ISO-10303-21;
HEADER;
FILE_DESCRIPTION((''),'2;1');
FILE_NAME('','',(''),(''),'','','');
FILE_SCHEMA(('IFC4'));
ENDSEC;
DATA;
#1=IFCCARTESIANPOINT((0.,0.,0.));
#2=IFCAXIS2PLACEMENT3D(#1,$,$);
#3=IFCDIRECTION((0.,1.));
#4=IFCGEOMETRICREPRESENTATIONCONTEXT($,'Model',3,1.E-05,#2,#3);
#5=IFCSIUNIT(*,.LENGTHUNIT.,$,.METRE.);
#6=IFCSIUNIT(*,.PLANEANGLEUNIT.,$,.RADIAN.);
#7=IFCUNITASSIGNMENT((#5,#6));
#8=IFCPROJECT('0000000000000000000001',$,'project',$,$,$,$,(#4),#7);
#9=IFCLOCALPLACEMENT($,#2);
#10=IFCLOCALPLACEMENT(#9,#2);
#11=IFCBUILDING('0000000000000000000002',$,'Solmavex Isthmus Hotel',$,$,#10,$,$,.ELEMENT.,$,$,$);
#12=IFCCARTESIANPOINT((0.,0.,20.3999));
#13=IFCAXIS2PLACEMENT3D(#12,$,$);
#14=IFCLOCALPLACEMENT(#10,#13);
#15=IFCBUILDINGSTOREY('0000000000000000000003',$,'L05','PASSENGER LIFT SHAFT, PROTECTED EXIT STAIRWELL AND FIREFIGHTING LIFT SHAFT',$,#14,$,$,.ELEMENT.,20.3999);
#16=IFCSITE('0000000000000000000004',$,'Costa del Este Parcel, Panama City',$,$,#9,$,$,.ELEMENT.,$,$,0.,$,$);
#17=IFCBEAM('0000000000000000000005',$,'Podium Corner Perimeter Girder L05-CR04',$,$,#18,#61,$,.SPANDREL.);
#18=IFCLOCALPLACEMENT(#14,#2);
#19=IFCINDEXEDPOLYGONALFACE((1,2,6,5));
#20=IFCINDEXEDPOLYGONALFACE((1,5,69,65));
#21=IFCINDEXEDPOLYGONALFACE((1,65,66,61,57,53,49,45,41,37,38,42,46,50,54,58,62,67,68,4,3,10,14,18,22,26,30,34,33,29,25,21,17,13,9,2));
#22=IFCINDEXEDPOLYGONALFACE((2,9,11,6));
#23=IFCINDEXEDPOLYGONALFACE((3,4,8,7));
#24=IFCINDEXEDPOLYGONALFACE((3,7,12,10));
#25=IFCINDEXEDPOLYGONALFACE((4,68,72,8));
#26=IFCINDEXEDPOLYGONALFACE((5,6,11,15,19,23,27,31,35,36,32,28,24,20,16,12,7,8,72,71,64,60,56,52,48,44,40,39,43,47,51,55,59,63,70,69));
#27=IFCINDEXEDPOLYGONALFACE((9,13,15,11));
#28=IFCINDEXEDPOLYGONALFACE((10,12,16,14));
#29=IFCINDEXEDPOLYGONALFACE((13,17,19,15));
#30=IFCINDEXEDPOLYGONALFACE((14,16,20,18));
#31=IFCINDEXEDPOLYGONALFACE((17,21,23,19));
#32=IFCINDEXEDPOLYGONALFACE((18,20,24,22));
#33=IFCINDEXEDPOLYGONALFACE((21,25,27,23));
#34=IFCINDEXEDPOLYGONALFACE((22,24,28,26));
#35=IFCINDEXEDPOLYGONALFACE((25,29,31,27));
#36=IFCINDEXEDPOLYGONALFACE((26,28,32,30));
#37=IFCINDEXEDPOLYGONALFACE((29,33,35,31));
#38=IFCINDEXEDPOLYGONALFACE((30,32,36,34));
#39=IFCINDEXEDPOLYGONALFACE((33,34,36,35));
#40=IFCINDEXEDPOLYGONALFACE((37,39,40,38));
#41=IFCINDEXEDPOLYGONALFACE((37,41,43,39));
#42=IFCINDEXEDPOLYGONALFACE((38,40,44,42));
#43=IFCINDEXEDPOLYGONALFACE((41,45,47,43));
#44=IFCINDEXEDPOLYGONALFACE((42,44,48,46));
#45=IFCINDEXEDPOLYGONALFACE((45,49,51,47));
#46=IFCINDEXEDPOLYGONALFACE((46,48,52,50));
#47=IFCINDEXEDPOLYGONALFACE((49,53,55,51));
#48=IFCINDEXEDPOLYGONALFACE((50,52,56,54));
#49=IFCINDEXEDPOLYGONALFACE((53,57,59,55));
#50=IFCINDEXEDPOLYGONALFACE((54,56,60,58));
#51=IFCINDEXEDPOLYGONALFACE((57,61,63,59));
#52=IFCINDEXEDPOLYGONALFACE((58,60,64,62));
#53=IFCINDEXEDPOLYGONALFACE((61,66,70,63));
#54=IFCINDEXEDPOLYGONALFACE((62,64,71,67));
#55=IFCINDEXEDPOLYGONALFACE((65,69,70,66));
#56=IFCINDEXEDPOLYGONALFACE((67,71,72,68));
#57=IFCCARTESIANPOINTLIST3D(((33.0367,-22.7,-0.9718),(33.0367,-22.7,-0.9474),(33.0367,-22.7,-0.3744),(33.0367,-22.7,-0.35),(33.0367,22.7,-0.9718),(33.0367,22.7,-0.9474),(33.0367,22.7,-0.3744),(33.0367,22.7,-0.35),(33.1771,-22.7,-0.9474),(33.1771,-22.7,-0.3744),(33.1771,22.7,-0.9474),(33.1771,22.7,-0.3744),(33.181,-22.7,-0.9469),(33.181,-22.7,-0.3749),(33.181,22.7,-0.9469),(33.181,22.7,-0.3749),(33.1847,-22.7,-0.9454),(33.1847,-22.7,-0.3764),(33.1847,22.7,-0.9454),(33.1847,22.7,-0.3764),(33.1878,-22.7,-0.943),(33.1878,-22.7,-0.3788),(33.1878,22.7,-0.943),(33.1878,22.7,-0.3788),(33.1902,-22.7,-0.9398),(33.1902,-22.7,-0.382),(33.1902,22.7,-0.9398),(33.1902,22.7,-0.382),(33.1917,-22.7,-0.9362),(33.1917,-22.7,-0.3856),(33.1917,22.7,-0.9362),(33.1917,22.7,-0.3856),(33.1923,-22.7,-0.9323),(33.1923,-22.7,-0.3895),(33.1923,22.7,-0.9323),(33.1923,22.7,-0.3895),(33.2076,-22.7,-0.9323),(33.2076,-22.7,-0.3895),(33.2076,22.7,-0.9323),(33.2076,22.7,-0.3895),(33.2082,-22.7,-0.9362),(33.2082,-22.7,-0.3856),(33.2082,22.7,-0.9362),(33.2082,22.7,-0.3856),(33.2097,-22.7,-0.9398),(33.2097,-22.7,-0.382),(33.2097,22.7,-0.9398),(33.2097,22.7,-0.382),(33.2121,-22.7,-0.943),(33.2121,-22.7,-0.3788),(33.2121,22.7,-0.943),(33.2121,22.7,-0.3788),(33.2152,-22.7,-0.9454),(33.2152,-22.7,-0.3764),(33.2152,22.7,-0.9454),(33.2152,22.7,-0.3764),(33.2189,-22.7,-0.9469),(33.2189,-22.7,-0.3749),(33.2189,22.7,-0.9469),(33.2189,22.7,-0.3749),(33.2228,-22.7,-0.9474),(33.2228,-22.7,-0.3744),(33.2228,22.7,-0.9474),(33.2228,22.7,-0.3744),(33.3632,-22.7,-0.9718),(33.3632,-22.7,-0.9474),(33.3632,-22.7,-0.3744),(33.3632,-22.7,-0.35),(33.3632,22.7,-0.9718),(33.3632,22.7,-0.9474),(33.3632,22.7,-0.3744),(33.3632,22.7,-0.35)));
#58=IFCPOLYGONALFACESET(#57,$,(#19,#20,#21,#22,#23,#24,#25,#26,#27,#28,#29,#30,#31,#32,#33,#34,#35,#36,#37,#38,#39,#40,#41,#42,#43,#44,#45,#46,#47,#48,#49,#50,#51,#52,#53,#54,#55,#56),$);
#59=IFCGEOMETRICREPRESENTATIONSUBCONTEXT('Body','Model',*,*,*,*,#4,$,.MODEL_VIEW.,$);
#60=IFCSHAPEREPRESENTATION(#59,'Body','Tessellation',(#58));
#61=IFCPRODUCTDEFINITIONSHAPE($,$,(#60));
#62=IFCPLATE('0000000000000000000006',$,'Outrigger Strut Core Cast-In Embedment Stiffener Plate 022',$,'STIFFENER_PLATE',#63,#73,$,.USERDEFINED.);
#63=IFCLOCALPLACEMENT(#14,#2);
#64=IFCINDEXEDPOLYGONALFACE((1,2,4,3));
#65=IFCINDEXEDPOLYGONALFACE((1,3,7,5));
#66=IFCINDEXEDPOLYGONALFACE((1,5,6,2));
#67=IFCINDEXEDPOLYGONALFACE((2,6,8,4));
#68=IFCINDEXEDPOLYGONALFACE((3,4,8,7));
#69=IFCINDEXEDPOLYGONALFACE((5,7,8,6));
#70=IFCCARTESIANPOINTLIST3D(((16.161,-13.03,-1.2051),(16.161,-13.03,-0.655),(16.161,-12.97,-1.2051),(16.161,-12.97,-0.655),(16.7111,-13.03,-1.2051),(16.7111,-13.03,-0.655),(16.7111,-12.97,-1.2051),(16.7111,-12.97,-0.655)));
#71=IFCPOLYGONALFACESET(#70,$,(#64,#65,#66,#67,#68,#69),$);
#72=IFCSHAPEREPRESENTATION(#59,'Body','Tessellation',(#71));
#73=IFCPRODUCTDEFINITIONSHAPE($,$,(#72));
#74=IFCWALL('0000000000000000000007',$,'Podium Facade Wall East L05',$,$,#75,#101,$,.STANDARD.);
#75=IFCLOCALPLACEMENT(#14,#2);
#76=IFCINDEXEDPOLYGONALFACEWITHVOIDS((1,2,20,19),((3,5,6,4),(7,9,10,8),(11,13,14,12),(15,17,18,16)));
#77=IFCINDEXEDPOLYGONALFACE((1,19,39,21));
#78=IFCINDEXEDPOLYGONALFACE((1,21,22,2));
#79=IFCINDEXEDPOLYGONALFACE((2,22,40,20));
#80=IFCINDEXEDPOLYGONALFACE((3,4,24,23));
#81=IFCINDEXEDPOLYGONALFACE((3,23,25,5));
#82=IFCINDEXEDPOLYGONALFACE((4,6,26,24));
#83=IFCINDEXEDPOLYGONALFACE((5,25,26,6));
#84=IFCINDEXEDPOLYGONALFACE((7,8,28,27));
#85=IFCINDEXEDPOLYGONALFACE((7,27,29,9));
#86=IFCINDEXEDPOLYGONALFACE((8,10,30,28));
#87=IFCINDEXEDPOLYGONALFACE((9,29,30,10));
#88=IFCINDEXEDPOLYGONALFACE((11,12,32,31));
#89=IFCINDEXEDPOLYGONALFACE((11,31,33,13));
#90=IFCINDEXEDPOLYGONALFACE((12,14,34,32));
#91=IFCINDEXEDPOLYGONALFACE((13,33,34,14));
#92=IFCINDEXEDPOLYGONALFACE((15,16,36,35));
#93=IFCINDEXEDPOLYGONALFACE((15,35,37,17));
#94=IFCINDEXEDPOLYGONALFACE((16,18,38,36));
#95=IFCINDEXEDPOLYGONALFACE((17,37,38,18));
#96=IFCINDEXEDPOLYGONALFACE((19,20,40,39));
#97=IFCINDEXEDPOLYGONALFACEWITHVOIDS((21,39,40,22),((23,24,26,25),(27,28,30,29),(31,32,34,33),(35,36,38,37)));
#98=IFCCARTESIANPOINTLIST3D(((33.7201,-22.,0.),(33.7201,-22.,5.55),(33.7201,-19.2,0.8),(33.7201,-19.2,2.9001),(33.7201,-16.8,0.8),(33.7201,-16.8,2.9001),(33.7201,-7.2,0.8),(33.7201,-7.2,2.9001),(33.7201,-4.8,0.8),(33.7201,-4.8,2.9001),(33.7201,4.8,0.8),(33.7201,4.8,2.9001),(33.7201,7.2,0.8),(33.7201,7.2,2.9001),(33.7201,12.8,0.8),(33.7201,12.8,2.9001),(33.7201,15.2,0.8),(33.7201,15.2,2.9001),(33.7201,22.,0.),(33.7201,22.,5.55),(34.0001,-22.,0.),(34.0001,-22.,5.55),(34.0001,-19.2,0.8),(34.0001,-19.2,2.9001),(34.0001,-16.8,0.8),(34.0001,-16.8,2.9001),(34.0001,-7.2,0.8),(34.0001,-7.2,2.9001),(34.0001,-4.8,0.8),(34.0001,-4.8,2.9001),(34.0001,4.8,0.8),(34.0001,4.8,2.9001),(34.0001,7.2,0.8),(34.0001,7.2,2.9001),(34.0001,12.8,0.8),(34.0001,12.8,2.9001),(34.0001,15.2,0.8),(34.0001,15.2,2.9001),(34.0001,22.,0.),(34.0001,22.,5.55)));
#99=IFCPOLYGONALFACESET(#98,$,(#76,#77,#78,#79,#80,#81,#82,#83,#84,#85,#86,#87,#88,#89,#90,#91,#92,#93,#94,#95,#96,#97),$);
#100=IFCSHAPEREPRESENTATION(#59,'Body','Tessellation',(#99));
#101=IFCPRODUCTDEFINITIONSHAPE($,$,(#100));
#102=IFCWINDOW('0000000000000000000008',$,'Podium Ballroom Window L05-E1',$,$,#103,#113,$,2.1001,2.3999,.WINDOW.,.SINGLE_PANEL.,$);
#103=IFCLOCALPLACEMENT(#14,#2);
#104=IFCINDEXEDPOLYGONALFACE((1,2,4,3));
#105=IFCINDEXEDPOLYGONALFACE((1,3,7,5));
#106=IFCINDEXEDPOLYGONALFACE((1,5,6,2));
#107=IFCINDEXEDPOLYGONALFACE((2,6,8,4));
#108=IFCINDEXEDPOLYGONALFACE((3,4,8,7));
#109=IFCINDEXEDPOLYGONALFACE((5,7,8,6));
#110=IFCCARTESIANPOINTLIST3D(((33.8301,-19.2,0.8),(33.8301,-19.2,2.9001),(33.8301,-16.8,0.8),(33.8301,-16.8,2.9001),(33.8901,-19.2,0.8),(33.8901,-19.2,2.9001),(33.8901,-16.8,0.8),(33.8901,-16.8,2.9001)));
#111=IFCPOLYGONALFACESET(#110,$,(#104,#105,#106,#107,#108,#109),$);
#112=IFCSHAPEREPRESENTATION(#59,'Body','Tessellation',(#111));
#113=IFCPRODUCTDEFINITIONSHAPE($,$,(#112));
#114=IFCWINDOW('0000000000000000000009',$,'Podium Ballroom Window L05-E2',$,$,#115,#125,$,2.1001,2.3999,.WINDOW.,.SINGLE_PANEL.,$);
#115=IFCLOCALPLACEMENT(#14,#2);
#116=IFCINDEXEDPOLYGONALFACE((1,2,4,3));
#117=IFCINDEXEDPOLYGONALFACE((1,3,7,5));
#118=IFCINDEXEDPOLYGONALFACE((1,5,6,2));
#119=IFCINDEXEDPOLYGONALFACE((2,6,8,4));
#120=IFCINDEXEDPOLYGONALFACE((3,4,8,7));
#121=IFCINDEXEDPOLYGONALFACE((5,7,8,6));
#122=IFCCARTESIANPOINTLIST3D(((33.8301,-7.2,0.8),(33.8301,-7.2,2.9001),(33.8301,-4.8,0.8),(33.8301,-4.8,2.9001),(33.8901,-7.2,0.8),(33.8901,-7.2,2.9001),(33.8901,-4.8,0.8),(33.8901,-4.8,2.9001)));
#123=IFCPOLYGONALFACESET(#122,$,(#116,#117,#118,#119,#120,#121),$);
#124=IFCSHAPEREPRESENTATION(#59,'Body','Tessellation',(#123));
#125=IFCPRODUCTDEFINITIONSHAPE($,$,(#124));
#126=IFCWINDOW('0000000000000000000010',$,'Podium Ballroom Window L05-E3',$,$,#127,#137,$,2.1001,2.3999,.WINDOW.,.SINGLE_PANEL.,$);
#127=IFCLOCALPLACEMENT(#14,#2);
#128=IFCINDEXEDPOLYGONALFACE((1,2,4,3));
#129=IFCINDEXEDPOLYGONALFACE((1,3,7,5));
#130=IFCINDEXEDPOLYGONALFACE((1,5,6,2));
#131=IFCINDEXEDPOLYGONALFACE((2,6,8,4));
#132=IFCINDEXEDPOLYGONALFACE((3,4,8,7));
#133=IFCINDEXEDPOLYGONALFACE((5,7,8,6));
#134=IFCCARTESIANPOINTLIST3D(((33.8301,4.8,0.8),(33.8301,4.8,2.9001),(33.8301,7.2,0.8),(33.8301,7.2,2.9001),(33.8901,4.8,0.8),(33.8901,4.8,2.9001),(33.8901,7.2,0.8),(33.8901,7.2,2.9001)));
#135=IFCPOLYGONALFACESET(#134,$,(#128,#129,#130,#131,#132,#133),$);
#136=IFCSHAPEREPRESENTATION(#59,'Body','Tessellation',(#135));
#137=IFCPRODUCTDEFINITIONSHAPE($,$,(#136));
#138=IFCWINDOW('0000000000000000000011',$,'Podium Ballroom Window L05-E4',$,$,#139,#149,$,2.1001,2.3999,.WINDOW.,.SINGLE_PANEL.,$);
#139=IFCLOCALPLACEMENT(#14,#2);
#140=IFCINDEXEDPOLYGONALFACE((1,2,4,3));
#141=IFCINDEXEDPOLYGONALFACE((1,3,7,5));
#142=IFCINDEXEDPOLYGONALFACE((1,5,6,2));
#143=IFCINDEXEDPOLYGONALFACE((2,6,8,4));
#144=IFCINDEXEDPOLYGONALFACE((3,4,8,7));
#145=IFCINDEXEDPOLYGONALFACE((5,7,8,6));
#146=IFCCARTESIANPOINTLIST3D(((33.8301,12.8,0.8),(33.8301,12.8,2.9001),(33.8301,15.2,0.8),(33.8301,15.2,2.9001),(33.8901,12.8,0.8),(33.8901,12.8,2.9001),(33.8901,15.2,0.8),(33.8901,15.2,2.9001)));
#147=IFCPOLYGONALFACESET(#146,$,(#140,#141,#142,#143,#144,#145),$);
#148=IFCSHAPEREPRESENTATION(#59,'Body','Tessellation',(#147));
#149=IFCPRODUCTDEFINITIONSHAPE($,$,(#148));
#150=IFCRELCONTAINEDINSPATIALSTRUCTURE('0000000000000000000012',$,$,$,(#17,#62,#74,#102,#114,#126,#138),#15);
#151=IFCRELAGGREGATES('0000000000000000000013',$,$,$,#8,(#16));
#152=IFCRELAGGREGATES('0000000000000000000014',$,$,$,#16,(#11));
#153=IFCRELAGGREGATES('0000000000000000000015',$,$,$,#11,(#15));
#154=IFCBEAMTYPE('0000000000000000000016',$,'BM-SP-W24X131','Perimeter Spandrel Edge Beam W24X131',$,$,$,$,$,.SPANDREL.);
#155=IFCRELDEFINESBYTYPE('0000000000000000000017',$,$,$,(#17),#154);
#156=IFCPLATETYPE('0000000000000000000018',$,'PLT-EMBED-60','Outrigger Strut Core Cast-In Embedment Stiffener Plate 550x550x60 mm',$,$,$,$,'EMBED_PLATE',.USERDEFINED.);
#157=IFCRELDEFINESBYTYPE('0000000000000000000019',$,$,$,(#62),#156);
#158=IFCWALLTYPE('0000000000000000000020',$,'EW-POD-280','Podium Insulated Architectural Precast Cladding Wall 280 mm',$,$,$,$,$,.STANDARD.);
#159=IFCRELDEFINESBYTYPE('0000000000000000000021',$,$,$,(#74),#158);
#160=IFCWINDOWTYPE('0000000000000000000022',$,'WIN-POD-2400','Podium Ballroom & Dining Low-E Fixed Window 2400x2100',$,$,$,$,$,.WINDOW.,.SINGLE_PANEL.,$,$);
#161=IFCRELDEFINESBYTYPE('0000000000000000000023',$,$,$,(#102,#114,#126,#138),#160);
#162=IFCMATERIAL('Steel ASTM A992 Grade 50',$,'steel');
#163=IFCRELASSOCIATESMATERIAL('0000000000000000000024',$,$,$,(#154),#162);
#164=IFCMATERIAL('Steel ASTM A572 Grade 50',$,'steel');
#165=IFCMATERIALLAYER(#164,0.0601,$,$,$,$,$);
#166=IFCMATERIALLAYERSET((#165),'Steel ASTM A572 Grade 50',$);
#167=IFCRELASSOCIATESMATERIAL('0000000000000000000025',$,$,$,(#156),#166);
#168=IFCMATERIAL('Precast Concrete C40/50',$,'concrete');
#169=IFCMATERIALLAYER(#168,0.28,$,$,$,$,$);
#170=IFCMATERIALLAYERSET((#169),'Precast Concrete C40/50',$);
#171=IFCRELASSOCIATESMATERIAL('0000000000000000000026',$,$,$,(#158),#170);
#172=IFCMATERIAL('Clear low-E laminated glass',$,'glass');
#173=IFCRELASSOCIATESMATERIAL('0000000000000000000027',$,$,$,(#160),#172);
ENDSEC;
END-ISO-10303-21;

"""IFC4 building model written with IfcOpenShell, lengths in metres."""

from ifc_helpers import new_model, si_unit, direction, frame, frame_2d, origin, origin_2d, place, context, subcontext, project, spatial, rectangle, i_section, extrude, material, layer, layer_set, material_profile, profile_set, type_object, element, fill, save


model = new_model("IFC4")

# Units and contexts
model_context = context("Model", 3, precision=1e-05, world=origin(), true_north=direction((0.0, 1.0)))
body_context = subcontext(model_context, "Body", "Model", "MODEL_VIEW")
ifc_project = project(units=[si_unit("LENGTHUNIT", "METRE"), si_unit("PLANEANGLEUNIT", "RADIAN")], contexts=[model_context])

# Site, building, storey
site_placement = place(None, origin())
site = spatial("IfcSite", under=ifc_project, at=site_placement, Name="Costa del Este Parcel, Panama City", CompositionType="ELEMENT", RefElevation=0.0)
building_placement = place(site_placement, origin())
building = spatial("IfcBuilding", under=site, at=building_placement, Name="Solmavex Isthmus Hotel", CompositionType="ELEMENT")
storey_placement = place(building_placement, frame((0.0, 0.0, 20.3999)))
storey = spatial("IfcBuildingStorey", under=building, at=storey_placement, Name="L05", Description="PASSENGER LIFT SHAFT, PROTECTED EXIT STAIRWELL AND FIREFIGHTING LIFT SHAFT", CompositionType="ELEMENT", Elevation=20.3999)

# Beam
ifc_material_1 = material(Name="Steel ASTM A992 Grade 50", Category="steel")
ifc_material_profile_1 = material_profile(ifc_material_1, i_section(OverallWidth=0.3264, OverallDepth=0.6218, WebThickness=0.0154, FlangeThickness=0.0244, FilletRadius=0.0151, at=origin_2d()), Name="W24X131")
ifc_profile_set_1 = profile_set([ifc_material_profile_1], Name="Steel ASTM A992 Grade 50")
beam_type_1 = type_object("IfcBeamType", Name="BM-SP-W24X131", Description="Perimeter Spandrel Edge Beam W24X131", PredefinedType="SPANDREL", material=ifc_profile_set_1)
beam_1_placement = place(storey_placement, frame((33.2, -22.7, -0.6609), z_axis=(0.0, 1.0, 0.0), x_axis=(-1.0, 0.0, 0.0)))
element("IfcBeam", 1, at=beam_1_placement, inside=storey, type_object=beam_type_1, Name="Podium Corner Perimeter Girder L05-CR04", PredefinedType="SPANDREL", context=body_context, shape_type="SweptSolid", body=[
    extrude(i_section(OverallWidth=0.3264, OverallDepth=0.6218, WebThickness=0.0154, FlangeThickness=0.0244, FilletRadius=0.0151, at=origin_2d()), origin(), (0.0, 0.0, 1.0), 45.3999),
])

# Plate
ifc_material_2 = material(Name="Steel ASTM A572 Grade 50", Category="steel")
ifc_layer_1 = layer(ifc_material_2, 0.0601)
ifc_layer_set_1 = layer_set([ifc_layer_1], Name="Steel ASTM A572 Grade 50")
plate_type = type_object("IfcPlateType", Name="PLT-EMBED-60", Description="Outrigger Strut Core Cast-In Embedment Stiffener Plate 550x550x60 mm", ElementType="EMBED_PLATE", PredefinedType="USERDEFINED", material=ifc_layer_set_1)
plate_placement = place(storey_placement, frame((16.436, -13.0, -1.2051), z_axis=(0.0, 0.0, 1.0), x_axis=(1.0, 0.0, 0.0)))
element("IfcPlate", 2, at=plate_placement, inside=storey, type_object=plate_type, Name="Outrigger Strut Core Cast-In Embedment Stiffener Plate 022", ObjectType="STIFFENER_PLATE", PredefinedType="USERDEFINED", context=body_context, shape_type="SweptSolid", body=[
    extrude(rectangle(XDim=0.55, YDim=0.0601, at=origin_2d()), origin(), (0.0, 0.0, 1.0), 0.55),
])

# Wall, openings, windows
ifc_material_3 = material(Name="Precast Concrete C40/50", Category="concrete")
ifc_layer_2 = layer(ifc_material_3, 0.28)
ifc_layer_set_2 = layer_set([ifc_layer_2], Name="Precast Concrete C40/50")
wall_type_1 = type_object("IfcWallType", Name="EW-POD-280", Description="Podium Insulated Architectural Precast Cladding Wall 280 mm", PredefinedType="STANDARD", material=ifc_layer_set_2)
wall_1_placement = place(storey_placement, frame((33.8601, -22.0, 0.0), z_axis=(0.0, 0.0, 1.0), x_axis=(0.0, 1.0, 0.0)))
wall_1 = element("IfcWall", 3, at=wall_1_placement, inside=storey, type_object=wall_type_1, Name="Podium Facade Wall East L05", PredefinedType="STANDARD", context=body_context, shape_type="SweptSolid", body=[
    extrude(rectangle(XDim=44.0, YDim=0.28, at=frame_2d((22.0, 0.0))), origin(), (0.0, 0.0, 1.0), 5.55),
])
opening_1_placement = place(wall_1_placement, frame((2.8, 0.0, 0.8)))
opening_1 = element("IfcOpeningElement", 4, at=opening_1_placement, cuts=wall_1, PredefinedType="OPENING", context=body_context, shape_type="SweptSolid", body=[
    extrude(rectangle(XDim=2.3999, YDim=2.1001, at=frame_2d((1.2, 1.05))), frame((0.0, 0.1499, 0.0), z_axis=(0.0, -1.0, 0.0), x_axis=(1.0, 0.0, 0.0)), (0.0, 0.0, 1.0), 0.3),
])
opening_2_placement = place(wall_1_placement, frame((14.8, 0.0, 0.8)))
opening_2 = element("IfcOpeningElement", 5, at=opening_2_placement, cuts=wall_1, PredefinedType="OPENING", context=body_context, shape_type="SweptSolid", body=[
    extrude(rectangle(XDim=2.3999, YDim=2.1001, at=frame_2d((1.2, 1.05))), frame((0.0, 0.1499, 0.0), z_axis=(0.0, -1.0, 0.0), x_axis=(1.0, 0.0, 0.0)), (0.0, 0.0, 1.0), 0.3),
])
opening_3_placement = place(wall_1_placement, frame((26.8, 0.0, 0.8)))
opening_3 = element("IfcOpeningElement", 6, at=opening_3_placement, cuts=wall_1, PredefinedType="OPENING", context=body_context, shape_type="SweptSolid", body=[
    extrude(rectangle(XDim=2.3999, YDim=2.1001, at=frame_2d((1.2, 1.05))), frame((0.0, 0.1499, 0.0), z_axis=(0.0, -1.0, 0.0), x_axis=(1.0, 0.0, 0.0)), (0.0, 0.0, 1.0), 0.3),
])
opening_4_placement = place(wall_1_placement, frame((34.8, 0.0, 0.8)))
opening_4 = element("IfcOpeningElement", 7, at=opening_4_placement, cuts=wall_1, PredefinedType="OPENING", context=body_context, shape_type="SweptSolid", body=[
    extrude(rectangle(XDim=2.3999, YDim=2.1001, at=frame_2d((1.2, 1.05))), frame((0.0, 0.1499, 0.0), z_axis=(0.0, -1.0, 0.0), x_axis=(1.0, 0.0, 0.0)), (0.0, 0.0, 1.0), 0.3),
])
ifc_material_4 = material(Name="Clear low-E laminated glass", Category="glass")
window_type = type_object("IfcWindowType", Name="WIN-POD-2400", Description="Podium Ballroom & Dining Low-E Fixed Window 2400x2100", PartitioningType="SINGLE_PANEL", PredefinedType="WINDOW", material=ifc_material_4)
window_1_placement = place(opening_1_placement, origin())
window_1 = element("IfcWindow", 8, at=window_1_placement, inside=storey, type_object=window_type, Name="Podium Ballroom Window L05-E1", OverallHeight=2.1001, OverallWidth=2.3999, PartitioningType="SINGLE_PANEL", PredefinedType="WINDOW", context=body_context, shape_type="SweptSolid", body=[
    extrude(rectangle(XDim=2.3999, YDim=2.1001, at=frame_2d((1.2, 1.05))), frame((0.0, 0.03, 0.0), z_axis=(0.0, -1.0, 0.0), x_axis=(1.0, 0.0, 0.0)), (0.0, 0.0, 1.0), 0.0601),
])
fill(opening_1, window_1)
window_2_placement = place(opening_2_placement, origin())
window_2 = element("IfcWindow", 9, at=window_2_placement, inside=storey, type_object=window_type, Name="Podium Ballroom Window L05-E2", OverallHeight=2.1001, OverallWidth=2.3999, PartitioningType="SINGLE_PANEL", PredefinedType="WINDOW", context=body_context, shape_type="SweptSolid", body=[
    extrude(rectangle(XDim=2.3999, YDim=2.1001, at=frame_2d((1.2, 1.05))), frame((0.0, 0.03, 0.0), z_axis=(0.0, -1.0, 0.0), x_axis=(1.0, 0.0, 0.0)), (0.0, 0.0, 1.0), 0.0601),
])
fill(opening_2, window_2)
window_3_placement = place(opening_3_placement, origin())
window_3 = element("IfcWindow", 10, at=window_3_placement, inside=storey, type_object=window_type, Name="Podium Ballroom Window L05-E3", OverallHeight=2.1001, OverallWidth=2.3999, PartitioningType="SINGLE_PANEL", PredefinedType="WINDOW", context=body_context, shape_type="SweptSolid", body=[
    extrude(rectangle(XDim=2.3999, YDim=2.1001, at=frame_2d((1.2, 1.05))), frame((0.0, 0.03, 0.0), z_axis=(0.0, -1.0, 0.0), x_axis=(1.0, 0.0, 0.0)), (0.0, 0.0, 1.0), 0.0601),
])
fill(opening_3, window_3)
window_4_placement = place(opening_4_placement, origin())
window_4 = element("IfcWindow", 11, at=window_4_placement, inside=storey, type_object=window_type, Name="Podium Ballroom Window L05-E4", OverallHeight=2.1001, OverallWidth=2.3999, PartitioningType="SINGLE_PANEL", PredefinedType="WINDOW", context=body_context, shape_type="SweptSolid", body=[
    extrude(rectangle(XDim=2.3999, YDim=2.1001, at=frame_2d((1.2, 1.05))), frame((0.0, 0.03, 0.0), z_axis=(0.0, -1.0, 0.0), x_axis=(1.0, 0.0, 0.0)), (0.0, 0.0, 1.0), 0.0601),
])
fill(opening_4, window_4)

save(model, "model.ifc")
